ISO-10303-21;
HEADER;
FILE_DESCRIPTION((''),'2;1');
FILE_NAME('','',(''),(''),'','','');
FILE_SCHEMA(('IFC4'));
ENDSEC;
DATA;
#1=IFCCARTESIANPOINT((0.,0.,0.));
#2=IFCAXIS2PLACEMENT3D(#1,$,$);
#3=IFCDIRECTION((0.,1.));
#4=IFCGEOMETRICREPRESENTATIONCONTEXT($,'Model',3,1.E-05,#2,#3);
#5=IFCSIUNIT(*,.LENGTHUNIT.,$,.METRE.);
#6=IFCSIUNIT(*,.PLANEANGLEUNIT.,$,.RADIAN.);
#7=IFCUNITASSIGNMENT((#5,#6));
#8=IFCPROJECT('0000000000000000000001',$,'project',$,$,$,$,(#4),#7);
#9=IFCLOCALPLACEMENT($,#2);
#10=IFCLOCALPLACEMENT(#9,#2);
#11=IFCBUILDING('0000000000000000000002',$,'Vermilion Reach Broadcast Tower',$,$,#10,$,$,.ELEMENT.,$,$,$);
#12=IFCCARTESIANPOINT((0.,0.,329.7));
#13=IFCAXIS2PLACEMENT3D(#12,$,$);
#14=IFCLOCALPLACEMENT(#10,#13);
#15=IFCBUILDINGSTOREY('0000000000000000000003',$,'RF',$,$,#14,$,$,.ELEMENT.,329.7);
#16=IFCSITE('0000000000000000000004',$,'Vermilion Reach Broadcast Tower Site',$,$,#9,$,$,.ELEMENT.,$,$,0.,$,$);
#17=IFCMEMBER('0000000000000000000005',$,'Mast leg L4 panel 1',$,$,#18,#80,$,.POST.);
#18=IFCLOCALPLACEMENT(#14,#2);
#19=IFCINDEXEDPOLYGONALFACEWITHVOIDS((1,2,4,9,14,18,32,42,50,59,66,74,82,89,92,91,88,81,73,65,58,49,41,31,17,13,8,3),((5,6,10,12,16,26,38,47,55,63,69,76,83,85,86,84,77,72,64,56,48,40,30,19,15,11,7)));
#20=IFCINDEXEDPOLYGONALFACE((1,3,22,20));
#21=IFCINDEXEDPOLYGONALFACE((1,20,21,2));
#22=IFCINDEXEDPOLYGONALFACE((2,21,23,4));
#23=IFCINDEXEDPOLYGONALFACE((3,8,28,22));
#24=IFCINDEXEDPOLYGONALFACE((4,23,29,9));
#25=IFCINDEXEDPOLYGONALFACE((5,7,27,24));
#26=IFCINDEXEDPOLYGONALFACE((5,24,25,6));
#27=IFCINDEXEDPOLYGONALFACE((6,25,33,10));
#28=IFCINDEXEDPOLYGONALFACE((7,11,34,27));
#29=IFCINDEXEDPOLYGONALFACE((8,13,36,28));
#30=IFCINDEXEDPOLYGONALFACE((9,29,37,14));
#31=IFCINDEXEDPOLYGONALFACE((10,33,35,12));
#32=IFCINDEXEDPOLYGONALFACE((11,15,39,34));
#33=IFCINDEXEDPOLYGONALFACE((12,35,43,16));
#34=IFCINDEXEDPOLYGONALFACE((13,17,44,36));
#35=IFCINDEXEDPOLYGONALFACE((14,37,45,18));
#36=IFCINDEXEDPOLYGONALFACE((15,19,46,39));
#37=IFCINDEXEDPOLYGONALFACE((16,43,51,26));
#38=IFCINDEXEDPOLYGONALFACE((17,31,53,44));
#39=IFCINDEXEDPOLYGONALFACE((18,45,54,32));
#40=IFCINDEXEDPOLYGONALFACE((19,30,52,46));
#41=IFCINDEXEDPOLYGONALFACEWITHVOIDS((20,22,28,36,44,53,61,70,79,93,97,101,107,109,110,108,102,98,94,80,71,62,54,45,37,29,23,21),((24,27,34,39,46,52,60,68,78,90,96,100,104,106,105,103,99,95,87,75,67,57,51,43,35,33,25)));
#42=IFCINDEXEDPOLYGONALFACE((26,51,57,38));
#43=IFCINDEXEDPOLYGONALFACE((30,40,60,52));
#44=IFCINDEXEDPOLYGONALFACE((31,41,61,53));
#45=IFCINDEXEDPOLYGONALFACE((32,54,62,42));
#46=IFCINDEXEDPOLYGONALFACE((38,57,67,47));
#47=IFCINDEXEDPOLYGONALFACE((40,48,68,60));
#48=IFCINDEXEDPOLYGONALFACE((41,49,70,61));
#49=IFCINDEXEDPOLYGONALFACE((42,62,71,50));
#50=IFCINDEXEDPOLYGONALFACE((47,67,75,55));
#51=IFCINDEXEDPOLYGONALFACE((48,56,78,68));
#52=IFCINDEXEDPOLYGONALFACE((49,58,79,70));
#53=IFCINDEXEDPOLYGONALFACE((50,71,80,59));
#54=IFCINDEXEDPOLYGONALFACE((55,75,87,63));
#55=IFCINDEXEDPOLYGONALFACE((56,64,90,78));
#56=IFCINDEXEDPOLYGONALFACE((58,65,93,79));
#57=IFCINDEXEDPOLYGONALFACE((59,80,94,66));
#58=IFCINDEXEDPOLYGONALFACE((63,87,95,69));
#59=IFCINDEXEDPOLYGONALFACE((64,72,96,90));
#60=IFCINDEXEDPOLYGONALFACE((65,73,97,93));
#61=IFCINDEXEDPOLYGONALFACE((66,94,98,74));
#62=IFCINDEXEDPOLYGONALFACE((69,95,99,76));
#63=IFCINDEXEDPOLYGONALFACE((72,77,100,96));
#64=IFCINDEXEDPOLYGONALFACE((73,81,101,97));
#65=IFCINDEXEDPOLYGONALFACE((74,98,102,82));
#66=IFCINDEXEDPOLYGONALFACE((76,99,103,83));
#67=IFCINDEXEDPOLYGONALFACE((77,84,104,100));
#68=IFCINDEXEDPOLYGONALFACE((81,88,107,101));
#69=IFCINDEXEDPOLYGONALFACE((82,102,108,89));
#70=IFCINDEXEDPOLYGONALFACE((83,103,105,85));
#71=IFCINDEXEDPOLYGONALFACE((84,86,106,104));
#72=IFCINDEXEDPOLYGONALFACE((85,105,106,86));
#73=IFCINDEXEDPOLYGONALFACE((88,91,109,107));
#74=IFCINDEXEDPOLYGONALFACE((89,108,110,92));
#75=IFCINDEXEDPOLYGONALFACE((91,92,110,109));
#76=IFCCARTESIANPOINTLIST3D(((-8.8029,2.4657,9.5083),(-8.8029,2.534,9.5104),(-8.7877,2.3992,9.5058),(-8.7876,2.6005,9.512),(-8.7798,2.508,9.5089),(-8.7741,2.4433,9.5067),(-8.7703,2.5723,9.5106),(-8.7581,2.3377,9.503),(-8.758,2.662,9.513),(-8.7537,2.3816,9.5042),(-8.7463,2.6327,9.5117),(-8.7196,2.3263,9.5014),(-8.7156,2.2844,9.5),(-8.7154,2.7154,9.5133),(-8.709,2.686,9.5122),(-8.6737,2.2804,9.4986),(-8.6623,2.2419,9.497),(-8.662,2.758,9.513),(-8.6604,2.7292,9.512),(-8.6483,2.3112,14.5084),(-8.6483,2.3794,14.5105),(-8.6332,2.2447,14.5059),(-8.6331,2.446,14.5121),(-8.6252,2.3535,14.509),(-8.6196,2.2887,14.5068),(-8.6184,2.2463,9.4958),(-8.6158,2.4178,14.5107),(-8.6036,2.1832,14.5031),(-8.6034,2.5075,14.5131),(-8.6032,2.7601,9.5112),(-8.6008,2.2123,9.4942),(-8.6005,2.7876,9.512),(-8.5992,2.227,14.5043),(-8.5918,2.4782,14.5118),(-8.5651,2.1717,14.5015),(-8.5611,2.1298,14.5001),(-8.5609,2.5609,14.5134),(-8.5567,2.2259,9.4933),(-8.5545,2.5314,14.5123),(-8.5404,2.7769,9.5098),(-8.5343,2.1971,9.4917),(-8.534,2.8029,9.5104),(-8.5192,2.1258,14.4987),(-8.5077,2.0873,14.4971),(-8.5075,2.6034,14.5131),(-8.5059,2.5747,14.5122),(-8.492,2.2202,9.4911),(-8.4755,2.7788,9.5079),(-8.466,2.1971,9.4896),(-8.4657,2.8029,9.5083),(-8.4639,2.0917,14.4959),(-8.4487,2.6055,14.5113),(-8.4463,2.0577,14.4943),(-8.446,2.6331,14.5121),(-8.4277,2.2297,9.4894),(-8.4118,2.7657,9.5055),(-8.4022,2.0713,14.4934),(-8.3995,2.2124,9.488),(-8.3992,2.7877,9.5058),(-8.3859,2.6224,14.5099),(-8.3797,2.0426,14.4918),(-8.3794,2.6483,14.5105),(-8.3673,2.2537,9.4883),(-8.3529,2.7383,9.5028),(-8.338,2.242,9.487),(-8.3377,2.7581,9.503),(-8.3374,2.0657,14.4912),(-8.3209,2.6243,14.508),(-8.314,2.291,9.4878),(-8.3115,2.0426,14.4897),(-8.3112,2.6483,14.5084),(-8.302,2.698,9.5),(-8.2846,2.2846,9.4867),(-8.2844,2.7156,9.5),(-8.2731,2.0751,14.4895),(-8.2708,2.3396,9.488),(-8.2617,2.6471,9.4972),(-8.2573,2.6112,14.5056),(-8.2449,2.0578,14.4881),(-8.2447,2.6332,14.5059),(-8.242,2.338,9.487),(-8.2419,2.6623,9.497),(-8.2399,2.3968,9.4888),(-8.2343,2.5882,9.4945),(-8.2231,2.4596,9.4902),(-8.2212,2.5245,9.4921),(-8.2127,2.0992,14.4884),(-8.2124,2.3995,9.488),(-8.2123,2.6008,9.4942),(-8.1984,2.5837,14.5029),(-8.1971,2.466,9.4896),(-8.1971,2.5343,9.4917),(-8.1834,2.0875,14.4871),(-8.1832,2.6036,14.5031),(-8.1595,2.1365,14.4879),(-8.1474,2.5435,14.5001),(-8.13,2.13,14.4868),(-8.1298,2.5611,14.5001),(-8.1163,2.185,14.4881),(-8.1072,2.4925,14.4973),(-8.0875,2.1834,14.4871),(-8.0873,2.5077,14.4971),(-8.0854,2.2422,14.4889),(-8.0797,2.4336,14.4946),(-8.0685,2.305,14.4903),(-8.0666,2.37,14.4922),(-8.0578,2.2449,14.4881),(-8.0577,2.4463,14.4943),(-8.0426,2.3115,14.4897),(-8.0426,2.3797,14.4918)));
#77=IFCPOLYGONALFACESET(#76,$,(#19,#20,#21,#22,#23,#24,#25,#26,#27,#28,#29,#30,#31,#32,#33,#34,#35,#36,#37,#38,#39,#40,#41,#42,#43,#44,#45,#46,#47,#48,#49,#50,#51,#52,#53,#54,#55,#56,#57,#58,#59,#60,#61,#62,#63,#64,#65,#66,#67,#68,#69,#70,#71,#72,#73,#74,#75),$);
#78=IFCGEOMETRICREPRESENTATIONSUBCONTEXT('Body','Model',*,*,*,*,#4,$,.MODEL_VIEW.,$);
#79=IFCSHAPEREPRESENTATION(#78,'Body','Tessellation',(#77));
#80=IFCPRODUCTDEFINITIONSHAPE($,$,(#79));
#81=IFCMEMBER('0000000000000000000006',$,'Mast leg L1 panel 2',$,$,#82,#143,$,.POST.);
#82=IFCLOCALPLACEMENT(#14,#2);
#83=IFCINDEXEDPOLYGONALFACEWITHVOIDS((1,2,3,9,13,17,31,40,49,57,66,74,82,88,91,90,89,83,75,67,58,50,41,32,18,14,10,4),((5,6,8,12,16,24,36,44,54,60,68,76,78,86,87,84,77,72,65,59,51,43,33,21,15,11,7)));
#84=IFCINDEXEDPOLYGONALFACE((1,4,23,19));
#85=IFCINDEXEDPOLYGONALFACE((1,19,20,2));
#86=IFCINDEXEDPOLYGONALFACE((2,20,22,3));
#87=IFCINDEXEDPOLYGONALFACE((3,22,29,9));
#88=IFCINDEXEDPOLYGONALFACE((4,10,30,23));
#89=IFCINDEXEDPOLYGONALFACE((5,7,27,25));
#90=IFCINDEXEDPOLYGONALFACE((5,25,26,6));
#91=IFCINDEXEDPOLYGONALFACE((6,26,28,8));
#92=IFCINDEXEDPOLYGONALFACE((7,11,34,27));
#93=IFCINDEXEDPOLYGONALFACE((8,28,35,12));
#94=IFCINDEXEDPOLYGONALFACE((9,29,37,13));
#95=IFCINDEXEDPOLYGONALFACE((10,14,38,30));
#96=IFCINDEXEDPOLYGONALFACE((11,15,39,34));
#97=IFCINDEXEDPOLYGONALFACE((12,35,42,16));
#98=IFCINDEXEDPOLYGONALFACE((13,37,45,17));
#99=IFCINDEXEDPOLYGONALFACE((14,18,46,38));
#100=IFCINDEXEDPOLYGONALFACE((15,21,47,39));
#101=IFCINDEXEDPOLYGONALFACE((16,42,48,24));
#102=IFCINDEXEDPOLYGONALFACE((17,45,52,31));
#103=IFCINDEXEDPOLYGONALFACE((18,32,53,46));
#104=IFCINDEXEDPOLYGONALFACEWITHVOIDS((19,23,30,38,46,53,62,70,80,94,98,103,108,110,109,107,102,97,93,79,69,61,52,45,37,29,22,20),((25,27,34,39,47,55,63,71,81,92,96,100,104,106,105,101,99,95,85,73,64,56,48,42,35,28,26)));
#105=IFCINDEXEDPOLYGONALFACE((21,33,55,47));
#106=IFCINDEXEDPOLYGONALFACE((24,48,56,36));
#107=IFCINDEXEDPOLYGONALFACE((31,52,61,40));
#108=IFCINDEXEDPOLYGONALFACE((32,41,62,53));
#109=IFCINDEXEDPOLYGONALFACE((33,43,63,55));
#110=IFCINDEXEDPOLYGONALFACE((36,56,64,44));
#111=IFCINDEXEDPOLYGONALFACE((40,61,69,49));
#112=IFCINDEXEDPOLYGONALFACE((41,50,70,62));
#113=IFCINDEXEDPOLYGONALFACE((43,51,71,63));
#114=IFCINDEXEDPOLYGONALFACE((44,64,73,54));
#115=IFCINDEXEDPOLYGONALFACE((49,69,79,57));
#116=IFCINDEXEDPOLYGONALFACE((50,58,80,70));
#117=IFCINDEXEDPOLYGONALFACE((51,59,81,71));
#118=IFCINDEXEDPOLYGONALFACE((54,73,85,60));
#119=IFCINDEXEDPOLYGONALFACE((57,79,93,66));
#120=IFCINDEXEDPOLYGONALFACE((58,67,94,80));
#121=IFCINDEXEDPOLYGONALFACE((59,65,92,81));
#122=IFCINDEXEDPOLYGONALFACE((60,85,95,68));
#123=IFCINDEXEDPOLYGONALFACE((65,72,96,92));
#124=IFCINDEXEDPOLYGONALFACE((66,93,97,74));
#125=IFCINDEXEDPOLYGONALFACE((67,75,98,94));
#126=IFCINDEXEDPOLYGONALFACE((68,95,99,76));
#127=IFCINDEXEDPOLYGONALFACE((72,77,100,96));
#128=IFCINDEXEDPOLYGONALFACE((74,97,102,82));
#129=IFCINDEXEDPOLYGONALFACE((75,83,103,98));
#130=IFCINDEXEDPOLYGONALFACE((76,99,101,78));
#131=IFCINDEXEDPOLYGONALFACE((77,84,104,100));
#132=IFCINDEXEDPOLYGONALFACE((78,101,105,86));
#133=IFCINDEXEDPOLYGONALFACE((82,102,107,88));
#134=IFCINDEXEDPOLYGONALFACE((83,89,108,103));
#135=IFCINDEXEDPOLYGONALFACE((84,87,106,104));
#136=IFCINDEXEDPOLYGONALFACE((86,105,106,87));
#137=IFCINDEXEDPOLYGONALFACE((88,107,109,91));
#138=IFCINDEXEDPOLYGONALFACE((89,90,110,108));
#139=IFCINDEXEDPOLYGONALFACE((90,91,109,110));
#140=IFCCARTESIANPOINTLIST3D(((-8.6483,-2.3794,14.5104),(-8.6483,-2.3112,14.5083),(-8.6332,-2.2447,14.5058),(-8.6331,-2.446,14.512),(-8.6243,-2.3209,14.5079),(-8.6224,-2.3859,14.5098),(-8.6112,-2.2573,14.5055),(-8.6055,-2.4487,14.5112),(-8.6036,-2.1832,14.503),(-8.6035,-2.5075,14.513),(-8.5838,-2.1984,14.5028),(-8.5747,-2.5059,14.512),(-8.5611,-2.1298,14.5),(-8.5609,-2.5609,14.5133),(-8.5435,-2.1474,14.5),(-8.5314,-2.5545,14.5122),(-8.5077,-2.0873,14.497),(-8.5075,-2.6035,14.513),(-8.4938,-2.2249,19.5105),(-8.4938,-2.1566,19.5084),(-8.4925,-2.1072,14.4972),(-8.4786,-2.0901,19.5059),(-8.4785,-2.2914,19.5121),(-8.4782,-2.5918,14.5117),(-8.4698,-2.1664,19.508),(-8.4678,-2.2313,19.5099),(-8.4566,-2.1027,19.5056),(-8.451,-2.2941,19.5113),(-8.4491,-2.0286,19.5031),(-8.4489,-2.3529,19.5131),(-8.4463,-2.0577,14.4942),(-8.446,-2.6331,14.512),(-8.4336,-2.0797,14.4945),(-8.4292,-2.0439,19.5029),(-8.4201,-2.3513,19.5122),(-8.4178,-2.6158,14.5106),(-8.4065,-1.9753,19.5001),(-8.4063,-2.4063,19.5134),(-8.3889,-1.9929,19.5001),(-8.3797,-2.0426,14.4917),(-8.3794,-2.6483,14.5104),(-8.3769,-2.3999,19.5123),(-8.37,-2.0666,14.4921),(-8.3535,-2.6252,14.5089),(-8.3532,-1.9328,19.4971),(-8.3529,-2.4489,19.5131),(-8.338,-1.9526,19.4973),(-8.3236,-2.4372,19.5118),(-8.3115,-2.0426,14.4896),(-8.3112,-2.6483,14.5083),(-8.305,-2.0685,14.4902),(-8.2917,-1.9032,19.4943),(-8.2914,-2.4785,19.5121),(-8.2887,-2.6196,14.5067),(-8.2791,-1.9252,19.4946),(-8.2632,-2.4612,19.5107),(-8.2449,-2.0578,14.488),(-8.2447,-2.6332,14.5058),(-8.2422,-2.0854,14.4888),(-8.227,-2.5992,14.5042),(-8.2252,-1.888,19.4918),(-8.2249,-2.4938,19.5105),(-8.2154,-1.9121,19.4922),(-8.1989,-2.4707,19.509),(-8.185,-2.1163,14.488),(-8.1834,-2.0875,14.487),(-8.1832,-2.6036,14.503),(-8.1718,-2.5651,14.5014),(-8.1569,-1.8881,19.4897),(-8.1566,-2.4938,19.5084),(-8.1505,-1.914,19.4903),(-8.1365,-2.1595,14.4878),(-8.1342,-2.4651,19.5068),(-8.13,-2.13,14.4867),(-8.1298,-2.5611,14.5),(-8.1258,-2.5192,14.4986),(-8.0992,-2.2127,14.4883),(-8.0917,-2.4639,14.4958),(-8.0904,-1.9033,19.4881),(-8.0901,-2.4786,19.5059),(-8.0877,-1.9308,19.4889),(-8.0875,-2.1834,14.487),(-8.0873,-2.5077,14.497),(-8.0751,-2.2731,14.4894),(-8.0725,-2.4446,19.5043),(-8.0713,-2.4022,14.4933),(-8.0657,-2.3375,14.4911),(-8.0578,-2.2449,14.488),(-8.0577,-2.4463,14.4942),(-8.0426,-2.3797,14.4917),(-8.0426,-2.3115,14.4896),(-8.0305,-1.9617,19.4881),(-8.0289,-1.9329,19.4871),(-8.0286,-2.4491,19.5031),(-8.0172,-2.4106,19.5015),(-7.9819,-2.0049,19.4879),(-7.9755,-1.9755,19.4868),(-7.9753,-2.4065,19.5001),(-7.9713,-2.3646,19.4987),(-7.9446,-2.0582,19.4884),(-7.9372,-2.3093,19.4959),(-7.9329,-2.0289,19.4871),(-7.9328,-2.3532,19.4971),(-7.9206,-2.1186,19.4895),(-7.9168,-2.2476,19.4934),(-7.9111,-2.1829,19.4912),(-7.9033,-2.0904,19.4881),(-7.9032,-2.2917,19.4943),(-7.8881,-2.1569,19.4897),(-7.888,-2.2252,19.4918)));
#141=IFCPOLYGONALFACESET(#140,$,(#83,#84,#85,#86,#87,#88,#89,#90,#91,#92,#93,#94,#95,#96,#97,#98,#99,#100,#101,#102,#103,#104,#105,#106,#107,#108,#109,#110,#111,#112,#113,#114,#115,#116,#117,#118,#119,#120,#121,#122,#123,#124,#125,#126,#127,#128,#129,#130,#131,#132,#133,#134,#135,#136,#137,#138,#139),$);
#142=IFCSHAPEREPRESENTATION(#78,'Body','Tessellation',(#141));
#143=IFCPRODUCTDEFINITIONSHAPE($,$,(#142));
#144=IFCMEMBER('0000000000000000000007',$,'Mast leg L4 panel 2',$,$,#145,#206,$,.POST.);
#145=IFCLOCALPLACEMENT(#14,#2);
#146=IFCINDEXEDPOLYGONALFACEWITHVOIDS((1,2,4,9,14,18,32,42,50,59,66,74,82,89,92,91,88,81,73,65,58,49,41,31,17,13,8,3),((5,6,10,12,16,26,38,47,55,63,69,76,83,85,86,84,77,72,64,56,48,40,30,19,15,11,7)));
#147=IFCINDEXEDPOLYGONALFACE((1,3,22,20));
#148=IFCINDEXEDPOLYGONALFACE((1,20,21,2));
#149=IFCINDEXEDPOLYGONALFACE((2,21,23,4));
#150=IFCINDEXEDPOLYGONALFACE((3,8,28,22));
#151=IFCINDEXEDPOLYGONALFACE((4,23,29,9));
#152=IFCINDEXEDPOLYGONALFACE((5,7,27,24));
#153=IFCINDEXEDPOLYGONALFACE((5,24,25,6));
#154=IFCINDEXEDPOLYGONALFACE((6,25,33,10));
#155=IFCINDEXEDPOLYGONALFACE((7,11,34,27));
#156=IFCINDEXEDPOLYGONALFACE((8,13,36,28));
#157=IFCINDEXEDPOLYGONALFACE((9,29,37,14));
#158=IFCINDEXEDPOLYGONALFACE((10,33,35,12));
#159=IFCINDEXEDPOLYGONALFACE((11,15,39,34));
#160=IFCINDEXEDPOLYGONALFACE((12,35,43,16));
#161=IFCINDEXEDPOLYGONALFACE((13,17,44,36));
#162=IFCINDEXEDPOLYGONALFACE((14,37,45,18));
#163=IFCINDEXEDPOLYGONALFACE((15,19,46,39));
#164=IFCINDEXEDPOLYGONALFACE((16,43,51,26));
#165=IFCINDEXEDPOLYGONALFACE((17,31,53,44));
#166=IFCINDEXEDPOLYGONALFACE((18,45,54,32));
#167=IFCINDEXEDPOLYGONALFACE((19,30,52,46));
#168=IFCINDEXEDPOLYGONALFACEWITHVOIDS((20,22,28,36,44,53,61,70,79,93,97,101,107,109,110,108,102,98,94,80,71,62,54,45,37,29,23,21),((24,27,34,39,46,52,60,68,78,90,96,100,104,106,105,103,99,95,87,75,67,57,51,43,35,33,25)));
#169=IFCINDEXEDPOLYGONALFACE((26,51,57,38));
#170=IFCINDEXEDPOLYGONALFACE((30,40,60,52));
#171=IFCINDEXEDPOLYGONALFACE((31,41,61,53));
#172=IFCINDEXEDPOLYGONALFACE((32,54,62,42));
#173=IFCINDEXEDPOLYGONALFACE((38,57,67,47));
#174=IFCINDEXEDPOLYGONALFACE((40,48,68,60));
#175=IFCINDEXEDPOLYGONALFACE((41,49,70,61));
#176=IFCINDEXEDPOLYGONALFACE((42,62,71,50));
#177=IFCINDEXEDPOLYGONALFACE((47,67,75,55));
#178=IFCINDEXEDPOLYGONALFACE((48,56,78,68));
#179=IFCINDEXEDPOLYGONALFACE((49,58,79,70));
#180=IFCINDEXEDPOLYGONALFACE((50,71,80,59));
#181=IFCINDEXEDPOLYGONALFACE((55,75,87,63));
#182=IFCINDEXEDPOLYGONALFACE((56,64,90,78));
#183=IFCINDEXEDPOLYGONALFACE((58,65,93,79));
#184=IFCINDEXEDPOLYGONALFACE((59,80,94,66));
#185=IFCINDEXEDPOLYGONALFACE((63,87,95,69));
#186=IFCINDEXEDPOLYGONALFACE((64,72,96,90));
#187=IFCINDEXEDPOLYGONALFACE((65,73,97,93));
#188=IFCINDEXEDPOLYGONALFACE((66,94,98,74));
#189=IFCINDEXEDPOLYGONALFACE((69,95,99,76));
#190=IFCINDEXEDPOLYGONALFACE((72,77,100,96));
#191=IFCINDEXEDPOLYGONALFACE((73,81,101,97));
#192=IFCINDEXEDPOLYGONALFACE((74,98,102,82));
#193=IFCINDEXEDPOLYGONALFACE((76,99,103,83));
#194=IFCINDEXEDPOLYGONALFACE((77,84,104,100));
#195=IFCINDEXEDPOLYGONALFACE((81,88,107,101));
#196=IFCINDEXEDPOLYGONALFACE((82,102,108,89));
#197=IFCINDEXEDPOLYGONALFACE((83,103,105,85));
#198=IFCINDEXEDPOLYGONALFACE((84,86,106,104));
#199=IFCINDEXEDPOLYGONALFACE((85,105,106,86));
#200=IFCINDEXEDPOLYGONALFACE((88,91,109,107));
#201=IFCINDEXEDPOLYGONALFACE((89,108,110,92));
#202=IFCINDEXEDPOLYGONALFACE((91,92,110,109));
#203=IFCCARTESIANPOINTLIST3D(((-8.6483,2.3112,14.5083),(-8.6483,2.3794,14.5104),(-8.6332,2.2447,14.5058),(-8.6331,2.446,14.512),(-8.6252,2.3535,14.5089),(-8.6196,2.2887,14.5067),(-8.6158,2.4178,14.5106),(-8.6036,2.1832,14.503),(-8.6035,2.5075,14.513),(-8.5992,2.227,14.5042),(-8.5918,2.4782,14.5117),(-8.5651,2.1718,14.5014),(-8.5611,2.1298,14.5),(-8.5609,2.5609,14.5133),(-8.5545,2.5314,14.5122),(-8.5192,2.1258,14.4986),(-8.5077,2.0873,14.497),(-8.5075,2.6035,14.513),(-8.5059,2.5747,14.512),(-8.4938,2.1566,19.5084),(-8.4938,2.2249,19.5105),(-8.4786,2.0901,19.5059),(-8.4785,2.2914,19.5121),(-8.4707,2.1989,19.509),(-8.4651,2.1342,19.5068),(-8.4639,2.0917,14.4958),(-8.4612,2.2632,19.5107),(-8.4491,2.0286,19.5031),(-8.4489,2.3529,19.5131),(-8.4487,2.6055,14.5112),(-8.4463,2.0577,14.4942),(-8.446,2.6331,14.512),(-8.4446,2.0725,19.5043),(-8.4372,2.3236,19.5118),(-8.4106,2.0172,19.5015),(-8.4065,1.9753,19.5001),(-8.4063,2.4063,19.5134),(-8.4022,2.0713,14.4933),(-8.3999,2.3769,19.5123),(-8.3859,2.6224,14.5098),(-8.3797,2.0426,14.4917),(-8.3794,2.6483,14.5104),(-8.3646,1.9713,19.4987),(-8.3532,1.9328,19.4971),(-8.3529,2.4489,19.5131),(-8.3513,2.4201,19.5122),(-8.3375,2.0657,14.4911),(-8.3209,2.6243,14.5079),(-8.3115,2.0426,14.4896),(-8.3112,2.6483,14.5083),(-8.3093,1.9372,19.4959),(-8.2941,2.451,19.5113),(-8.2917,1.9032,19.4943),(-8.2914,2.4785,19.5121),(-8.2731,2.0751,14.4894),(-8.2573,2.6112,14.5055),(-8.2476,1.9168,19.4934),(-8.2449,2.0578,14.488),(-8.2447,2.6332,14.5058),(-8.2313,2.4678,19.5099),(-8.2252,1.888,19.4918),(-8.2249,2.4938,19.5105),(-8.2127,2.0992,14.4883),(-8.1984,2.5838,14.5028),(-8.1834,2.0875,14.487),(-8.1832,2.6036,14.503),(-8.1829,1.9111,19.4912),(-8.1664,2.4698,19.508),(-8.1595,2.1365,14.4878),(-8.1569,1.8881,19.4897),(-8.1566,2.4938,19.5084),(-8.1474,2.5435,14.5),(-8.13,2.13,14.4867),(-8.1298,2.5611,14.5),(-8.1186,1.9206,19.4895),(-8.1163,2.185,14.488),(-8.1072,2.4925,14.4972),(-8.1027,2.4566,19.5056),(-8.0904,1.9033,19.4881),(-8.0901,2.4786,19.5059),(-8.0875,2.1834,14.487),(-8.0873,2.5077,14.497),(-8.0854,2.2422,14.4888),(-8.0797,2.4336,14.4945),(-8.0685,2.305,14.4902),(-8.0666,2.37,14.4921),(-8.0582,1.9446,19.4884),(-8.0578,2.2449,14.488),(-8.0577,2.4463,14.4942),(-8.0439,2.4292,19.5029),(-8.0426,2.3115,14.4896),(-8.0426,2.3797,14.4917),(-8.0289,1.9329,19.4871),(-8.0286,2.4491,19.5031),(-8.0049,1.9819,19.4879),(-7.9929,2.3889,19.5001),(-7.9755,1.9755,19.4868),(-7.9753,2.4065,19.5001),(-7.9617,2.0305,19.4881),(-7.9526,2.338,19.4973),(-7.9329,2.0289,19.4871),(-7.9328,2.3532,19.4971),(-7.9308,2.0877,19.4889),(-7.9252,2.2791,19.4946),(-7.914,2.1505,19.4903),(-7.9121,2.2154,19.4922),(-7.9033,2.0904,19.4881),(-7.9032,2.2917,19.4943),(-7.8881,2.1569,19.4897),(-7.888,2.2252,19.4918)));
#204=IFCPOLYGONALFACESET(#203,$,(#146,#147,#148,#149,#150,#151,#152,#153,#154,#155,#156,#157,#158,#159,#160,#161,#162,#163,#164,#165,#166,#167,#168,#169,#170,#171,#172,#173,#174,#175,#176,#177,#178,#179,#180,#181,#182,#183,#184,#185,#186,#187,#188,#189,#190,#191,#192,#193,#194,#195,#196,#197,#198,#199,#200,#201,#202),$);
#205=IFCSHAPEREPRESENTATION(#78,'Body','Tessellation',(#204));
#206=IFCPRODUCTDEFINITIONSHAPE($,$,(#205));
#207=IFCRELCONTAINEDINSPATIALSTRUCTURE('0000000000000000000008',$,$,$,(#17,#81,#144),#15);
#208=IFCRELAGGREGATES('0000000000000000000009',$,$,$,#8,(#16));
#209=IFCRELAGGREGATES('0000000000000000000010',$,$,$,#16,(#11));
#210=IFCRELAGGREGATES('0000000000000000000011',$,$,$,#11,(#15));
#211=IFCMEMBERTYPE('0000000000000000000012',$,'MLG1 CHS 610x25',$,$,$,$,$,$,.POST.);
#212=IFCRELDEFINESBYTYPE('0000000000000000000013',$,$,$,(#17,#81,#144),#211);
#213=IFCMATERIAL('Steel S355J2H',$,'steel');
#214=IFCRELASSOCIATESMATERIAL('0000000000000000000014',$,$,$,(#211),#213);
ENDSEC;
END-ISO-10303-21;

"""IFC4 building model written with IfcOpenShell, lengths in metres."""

from ifc_helpers import new_model, si_unit, direction, frame, origin, origin_2d, place, context, subcontext, project, spatial, hollow_circle, extrude, material, material_profile, profile_set, type_object, element, save


model = new_model("IFC4")

# Units and contexts
model_context = context("Model", 3, precision=1e-05, world=origin(), true_north=direction((0.0, 1.0)))
body_context = subcontext(model_context, "Body", "Model", "MODEL_VIEW")
ifc_project = project(units=[si_unit("LENGTHUNIT", "METRE"), si_unit("PLANEANGLEUNIT", "RADIAN")], contexts=[model_context])

# Site, building, storey
site_placement = place(None, origin())
site = spatial("IfcSite", under=ifc_project, at=site_placement, Name="Vermilion Reach Broadcast Tower Site", CompositionType="ELEMENT", RefElevation=0.0)
building_placement = place(site_placement, origin())
building = spatial("IfcBuilding", under=site, at=building_placement, Name="Vermilion Reach Broadcast Tower", CompositionType="ELEMENT")
storey_placement = place(building_placement, frame((0.0, 0.0, 329.7)))
storey = spatial("IfcBuildingStorey", under=building, at=storey_placement, Name="RF", CompositionType="ELEMENT", Elevation=329.7)

# Members
ifc_material_1 = material(Name="Steel S355J2H", Category="steel")
ifc_material_profile_1 = material_profile(ifc_material_1, hollow_circle(Radius=0.3049, WallThickness=0.0249, at=origin_2d()), Name="S355J2H CHS 610x25")
ifc_profile_set_1 = profile_set([ifc_material_profile_1], Name="Steel S355J2H")
member_type_1 = type_object("IfcMemberType", Name="MLG1 CHS 610x25", PredefinedType="POST", material=ifc_profile_set_1)
for number, where, z_axis, x_axis, name in (
    (1, (-8.5, 2.5, 9.5), (0.030879, -0.030879, 0.999046), (0.707107, 0.707107, 0.0), "Mast leg L4 panel 1"),
    (2, (-8.3455, -2.3455, 14.5), (0.030879, 0.030879, 0.999046), (-0.707107, 0.707107, 0.0), "Mast leg L1 panel 2"),
    (3, (-8.3455, 2.3455, 14.5), (0.030879, -0.030879, 0.999046), (0.707107, 0.707107, 0.0), "Mast leg L4 panel 2"),
):
    element("IfcMember", number, at=place(storey_placement, frame(where, z_axis=z_axis, x_axis=x_axis)), inside=storey, type_object=member_type_1, Name=name, PredefinedType="POST", context=body_context, shape_type="SweptSolid", body=[
        extrude(hollow_circle(Radius=0.3049, WallThickness=0.0249, at=origin_2d()), origin(), (0.0, 0.0, 1.0), 5.0049),
    ])

save(model, "model.ifc")
